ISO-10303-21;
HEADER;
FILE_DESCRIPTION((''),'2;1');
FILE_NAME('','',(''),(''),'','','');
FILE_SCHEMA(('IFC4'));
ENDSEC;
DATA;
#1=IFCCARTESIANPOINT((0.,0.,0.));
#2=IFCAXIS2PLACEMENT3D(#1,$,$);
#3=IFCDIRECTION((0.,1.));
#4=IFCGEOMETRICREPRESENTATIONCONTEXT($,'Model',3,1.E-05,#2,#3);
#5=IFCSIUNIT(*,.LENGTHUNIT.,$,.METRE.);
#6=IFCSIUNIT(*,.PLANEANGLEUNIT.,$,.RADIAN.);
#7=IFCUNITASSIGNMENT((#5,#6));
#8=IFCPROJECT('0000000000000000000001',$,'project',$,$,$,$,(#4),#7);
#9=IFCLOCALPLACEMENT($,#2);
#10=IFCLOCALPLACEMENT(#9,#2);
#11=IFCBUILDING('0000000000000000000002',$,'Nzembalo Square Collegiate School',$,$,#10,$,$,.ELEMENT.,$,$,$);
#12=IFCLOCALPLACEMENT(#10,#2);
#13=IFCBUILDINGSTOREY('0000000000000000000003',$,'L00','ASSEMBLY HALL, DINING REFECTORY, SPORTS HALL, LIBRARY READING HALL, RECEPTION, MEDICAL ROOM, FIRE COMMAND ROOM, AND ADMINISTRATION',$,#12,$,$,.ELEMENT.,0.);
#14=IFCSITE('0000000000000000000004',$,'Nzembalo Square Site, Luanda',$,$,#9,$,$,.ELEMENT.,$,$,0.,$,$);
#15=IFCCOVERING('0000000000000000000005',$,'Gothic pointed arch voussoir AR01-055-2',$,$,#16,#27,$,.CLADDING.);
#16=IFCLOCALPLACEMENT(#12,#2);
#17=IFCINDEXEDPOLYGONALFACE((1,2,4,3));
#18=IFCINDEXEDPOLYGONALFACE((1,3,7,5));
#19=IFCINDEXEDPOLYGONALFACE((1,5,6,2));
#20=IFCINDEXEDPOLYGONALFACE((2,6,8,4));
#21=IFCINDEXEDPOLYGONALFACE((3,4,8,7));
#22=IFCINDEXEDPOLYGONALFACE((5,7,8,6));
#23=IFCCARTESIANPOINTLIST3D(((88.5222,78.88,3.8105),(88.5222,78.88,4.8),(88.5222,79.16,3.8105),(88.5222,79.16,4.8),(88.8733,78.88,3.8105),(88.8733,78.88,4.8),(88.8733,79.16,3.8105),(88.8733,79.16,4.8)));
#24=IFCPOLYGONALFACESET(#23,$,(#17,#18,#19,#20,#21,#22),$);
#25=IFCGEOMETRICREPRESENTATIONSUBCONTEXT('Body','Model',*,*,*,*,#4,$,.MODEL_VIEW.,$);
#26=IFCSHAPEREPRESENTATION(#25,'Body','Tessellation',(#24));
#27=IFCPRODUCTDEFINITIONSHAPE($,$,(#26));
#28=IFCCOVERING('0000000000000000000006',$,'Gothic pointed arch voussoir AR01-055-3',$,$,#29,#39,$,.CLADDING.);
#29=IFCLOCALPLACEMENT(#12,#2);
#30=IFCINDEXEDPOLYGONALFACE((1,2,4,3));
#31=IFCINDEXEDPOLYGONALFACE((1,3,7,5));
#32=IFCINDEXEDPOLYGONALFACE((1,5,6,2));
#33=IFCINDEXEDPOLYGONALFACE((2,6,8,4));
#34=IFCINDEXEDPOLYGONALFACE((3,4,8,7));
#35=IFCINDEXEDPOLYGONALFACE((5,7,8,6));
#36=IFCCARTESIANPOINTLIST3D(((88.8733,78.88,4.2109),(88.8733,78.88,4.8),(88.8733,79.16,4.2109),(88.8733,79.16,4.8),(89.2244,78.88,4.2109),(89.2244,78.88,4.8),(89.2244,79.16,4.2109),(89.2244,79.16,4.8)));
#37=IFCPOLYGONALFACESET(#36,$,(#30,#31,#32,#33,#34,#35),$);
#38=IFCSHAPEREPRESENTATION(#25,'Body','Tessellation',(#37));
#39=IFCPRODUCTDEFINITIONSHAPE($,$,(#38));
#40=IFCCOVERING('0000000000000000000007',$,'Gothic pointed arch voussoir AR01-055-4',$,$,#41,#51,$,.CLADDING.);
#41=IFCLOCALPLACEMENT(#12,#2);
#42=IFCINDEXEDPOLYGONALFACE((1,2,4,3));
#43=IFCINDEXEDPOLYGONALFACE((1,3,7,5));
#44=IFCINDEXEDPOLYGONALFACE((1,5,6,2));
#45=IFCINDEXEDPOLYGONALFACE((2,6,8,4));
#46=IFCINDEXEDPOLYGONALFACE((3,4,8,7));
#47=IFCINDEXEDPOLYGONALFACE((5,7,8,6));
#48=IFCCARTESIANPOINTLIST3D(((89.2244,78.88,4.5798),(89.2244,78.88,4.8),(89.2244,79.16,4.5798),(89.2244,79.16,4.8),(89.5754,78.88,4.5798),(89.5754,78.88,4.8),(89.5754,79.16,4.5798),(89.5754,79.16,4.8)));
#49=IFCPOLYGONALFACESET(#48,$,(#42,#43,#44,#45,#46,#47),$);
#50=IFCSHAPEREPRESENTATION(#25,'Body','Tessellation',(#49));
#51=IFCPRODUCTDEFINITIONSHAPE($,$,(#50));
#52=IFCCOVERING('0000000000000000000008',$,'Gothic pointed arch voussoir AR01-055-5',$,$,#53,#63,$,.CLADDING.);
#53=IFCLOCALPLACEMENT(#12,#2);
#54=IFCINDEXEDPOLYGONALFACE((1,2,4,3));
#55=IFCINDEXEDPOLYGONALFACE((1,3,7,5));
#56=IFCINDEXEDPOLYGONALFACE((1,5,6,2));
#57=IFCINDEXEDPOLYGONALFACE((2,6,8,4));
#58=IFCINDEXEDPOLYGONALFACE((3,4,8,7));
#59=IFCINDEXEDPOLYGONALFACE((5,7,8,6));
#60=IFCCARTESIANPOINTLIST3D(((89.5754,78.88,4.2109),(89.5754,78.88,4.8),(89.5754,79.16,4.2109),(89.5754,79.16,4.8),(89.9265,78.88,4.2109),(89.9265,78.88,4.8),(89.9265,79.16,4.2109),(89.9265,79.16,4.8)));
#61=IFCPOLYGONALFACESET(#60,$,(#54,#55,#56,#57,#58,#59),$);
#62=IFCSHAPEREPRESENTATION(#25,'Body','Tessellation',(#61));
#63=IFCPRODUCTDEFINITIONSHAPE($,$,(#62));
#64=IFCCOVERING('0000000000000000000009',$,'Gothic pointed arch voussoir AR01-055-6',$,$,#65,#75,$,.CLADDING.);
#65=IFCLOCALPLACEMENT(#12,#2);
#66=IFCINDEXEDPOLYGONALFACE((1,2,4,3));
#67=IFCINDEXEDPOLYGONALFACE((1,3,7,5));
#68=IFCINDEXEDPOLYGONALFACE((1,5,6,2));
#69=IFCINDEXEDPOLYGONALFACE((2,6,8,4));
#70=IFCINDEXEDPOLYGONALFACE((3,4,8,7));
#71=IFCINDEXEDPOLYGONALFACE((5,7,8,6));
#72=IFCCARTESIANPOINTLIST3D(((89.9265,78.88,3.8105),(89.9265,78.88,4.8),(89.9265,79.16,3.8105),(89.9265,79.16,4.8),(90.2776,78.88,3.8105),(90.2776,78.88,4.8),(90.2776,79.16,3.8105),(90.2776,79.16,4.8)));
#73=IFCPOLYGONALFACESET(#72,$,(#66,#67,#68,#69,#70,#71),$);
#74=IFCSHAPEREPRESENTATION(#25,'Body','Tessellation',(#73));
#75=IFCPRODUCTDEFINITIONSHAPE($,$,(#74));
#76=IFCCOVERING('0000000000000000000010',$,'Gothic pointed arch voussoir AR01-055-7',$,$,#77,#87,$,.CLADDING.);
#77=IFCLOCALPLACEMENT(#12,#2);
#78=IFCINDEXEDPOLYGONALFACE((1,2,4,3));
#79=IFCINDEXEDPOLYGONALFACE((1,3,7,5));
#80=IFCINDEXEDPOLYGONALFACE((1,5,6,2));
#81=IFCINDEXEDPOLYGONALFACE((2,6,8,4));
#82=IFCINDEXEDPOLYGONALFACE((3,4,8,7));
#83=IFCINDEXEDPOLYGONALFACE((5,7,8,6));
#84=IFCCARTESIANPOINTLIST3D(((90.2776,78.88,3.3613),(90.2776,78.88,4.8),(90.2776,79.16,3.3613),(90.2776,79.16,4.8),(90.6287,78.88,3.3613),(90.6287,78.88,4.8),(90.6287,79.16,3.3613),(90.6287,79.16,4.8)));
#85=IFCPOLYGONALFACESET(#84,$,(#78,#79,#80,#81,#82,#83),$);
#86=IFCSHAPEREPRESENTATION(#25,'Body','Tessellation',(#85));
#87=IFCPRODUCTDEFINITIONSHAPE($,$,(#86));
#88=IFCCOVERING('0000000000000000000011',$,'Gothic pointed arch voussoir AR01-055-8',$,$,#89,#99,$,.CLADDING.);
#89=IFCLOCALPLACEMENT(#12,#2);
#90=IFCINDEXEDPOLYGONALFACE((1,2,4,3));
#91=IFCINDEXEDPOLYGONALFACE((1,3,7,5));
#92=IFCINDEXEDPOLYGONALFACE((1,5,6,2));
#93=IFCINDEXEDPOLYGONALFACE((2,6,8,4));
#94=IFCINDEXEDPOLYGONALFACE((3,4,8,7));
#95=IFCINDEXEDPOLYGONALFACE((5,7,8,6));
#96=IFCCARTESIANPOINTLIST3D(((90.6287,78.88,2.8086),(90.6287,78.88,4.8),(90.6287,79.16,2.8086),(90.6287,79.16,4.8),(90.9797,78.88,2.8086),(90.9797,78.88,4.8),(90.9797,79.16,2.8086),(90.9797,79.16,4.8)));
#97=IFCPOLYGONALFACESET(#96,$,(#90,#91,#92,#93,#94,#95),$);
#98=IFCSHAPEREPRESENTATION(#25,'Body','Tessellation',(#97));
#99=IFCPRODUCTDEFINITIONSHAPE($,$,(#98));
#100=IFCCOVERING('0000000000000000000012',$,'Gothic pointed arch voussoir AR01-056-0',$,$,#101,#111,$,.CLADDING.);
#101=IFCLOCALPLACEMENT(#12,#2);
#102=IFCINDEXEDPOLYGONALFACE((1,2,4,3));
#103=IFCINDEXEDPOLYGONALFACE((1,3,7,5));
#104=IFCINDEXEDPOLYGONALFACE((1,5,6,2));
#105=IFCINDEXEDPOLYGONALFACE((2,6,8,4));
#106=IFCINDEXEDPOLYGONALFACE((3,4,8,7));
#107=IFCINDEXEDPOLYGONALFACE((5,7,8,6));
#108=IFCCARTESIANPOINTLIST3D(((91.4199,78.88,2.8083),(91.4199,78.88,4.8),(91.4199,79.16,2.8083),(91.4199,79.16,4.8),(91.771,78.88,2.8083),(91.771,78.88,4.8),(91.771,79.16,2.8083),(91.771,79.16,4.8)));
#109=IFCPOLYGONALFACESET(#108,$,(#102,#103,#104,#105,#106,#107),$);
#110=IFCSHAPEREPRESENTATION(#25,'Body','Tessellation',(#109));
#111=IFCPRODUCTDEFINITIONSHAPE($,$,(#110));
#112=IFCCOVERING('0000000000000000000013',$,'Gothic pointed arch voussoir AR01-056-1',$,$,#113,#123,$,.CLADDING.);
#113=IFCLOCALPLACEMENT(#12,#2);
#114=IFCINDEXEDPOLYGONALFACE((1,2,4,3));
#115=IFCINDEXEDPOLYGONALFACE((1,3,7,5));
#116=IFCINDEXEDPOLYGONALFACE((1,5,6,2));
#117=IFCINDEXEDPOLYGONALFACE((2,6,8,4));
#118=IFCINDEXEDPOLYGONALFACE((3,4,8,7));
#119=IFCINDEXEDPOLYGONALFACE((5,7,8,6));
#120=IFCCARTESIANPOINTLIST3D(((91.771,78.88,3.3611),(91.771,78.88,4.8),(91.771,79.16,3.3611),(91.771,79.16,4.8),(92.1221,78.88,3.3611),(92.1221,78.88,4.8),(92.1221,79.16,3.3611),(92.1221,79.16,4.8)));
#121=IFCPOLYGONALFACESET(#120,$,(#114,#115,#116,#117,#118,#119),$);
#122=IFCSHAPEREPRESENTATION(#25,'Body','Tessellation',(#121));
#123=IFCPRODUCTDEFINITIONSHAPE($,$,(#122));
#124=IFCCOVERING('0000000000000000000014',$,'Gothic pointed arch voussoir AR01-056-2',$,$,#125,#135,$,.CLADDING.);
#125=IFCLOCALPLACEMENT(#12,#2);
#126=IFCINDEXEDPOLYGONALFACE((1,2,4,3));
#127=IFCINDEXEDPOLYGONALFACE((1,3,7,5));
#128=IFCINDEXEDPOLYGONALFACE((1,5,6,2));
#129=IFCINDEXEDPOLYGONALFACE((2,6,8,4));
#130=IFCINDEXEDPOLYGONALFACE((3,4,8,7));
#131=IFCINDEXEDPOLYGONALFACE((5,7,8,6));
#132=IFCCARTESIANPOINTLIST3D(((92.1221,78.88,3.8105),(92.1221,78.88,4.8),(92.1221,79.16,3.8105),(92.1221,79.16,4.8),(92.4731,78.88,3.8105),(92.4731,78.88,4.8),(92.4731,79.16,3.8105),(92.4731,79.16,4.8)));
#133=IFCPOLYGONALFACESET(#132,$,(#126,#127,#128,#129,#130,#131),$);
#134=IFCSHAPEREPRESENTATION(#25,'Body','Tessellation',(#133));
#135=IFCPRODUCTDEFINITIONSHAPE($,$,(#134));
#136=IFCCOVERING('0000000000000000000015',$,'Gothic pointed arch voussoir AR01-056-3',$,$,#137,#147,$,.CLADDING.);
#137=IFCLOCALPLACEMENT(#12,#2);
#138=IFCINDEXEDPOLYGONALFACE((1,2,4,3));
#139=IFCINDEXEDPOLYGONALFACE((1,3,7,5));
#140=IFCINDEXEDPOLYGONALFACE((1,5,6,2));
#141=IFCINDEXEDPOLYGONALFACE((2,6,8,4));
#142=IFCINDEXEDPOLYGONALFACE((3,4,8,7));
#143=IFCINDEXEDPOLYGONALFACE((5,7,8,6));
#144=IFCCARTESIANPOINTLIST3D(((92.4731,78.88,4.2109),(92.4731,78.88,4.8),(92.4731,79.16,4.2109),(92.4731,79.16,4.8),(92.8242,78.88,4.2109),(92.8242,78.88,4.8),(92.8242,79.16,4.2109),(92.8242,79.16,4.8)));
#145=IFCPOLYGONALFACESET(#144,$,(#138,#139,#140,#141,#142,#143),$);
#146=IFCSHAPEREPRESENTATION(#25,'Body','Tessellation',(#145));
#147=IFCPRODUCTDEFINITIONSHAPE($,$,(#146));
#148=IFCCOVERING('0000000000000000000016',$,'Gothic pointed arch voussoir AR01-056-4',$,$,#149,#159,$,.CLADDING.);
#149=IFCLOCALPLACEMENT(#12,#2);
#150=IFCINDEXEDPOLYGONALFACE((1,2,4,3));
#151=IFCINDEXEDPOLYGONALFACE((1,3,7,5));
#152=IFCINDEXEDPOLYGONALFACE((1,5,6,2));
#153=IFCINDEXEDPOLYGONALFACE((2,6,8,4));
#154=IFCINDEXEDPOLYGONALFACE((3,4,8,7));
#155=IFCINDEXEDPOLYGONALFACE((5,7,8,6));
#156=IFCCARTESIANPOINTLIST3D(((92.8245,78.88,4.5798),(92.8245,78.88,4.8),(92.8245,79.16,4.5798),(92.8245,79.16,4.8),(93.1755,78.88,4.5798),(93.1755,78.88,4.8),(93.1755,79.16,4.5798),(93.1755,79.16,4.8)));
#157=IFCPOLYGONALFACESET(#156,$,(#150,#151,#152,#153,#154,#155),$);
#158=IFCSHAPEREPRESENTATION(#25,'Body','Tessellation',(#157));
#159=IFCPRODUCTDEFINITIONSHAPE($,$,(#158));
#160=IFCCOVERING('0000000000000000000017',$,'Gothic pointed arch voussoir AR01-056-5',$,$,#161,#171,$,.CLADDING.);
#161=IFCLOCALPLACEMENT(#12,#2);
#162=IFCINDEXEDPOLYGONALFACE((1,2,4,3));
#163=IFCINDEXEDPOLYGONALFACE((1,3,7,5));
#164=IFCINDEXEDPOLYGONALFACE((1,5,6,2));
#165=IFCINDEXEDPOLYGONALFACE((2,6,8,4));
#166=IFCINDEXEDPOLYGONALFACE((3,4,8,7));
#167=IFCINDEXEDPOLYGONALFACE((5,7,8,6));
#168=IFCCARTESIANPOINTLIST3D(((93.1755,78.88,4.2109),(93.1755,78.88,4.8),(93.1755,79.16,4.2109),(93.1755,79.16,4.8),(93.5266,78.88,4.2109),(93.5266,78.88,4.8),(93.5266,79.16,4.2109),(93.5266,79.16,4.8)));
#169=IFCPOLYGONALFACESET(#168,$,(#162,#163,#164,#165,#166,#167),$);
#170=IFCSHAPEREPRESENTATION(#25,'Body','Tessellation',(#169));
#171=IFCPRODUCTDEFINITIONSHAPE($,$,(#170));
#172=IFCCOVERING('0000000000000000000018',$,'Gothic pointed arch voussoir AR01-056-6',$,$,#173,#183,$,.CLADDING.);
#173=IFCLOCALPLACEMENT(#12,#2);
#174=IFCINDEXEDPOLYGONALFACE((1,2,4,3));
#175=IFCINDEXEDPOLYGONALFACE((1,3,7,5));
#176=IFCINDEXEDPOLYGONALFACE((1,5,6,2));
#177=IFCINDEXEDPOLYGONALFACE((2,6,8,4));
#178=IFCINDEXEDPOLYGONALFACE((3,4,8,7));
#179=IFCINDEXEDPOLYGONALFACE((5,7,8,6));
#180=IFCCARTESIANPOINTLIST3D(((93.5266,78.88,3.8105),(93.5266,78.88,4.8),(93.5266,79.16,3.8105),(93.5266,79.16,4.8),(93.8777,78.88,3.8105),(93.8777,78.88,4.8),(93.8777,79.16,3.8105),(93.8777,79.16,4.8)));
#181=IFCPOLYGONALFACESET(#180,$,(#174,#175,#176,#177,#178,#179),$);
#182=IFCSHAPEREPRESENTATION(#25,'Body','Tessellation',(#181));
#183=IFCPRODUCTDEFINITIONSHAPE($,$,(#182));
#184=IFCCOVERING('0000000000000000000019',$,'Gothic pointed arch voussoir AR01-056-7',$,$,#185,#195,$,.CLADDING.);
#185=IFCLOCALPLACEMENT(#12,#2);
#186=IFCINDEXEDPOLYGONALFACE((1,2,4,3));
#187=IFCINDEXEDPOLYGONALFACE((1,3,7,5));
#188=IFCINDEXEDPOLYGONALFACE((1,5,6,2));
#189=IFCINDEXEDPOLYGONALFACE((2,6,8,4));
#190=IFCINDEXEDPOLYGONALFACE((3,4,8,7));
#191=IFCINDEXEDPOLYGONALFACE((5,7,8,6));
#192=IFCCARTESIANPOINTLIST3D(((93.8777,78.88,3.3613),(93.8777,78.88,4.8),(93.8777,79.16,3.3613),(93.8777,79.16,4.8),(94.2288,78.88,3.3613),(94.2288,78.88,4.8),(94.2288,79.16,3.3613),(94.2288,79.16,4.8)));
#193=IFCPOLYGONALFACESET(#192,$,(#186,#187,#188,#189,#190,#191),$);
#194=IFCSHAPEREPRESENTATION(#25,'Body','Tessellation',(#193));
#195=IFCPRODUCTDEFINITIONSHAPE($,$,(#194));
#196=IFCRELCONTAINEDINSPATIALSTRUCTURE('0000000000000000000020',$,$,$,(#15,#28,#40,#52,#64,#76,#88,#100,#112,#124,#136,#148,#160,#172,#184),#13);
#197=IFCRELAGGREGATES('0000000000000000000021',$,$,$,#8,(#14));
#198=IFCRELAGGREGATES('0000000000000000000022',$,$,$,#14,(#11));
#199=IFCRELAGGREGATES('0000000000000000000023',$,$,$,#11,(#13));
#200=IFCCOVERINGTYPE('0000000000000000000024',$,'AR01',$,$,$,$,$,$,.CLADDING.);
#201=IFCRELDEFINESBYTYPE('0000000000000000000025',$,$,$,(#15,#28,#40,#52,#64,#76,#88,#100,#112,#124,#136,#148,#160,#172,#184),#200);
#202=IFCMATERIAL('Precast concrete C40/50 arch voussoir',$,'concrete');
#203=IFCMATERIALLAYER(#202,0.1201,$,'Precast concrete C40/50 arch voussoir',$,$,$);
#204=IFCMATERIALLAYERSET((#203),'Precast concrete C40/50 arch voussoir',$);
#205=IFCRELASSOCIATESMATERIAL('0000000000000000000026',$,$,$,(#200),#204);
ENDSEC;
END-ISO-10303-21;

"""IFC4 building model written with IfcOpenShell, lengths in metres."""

from ifc_helpers import new_model, si_unit, direction, frame, origin, origin_2d, place, context, subcontext, project, spatial, rectangle, extrude, material, layer, layer_set, type_object, element, save


model = new_model("IFC4")

# Units and contexts
model_context = context("Model", 3, precision=1e-05, world=origin(), true_north=direction((0.0, 1.0)))
body_context = subcontext(model_context, "Body", "Model", "MODEL_VIEW")
ifc_project = project(units=[si_unit("LENGTHUNIT", "METRE"), si_unit("PLANEANGLEUNIT", "RADIAN")], contexts=[model_context])

# Site, building, storey
site_placement = place(None, origin())
site = spatial("IfcSite", under=ifc_project, at=site_placement, Name="Nzembalo Square Site, Luanda", CompositionType="ELEMENT", RefElevation=0.0)
building_placement = place(site_placement, origin())
building = spatial("IfcBuilding", under=site, at=building_placement, Name="Nzembalo Square Collegiate School", CompositionType="ELEMENT")
storey_placement = place(building_placement, origin())
storey = spatial("IfcBuildingStorey", under=building, at=storey_placement, Name="L00", Description="ASSEMBLY HALL, DINING REFECTORY, SPORTS HALL, LIBRARY READING HALL, RECEPTION, MEDICAL ROOM, FIRE COMMAND ROOM, AND ADMINISTRATION", CompositionType="ELEMENT", Elevation=0.0)

# Coverings
ifc_material = material(Name="Precast concrete C40/50 arch voussoir", Category="concrete")
ifc_layer = layer(ifc_material, 0.1201, Name="Precast concrete C40/50 arch voussoir")
ifc_layer_set = layer_set([ifc_layer], Name="Precast concrete C40/50 arch voussoir")
covering_type = type_object("IfcCoveringType", Name="AR01", PredefinedType="CLADDING", material=ifc_layer_set)
covering_1_placement = place(storey_placement, frame((88.6978, 79.02, 3.8105), z_axis=(0.0, 0.0, 1.0), x_axis=(1.0, 0.0, 0.0)))
element("IfcCovering", 1, at=covering_1_placement, inside=storey, type_object=covering_type, Name="Gothic pointed arch voussoir AR01-055-2", PredefinedType="CLADDING", context=body_context, shape_type="SweptSolid", body=[
    extrude(rectangle(XDim=0.3511, YDim=0.28, at=origin_2d()), origin(), (0.0, 0.0, 1.0), 0.9895),
])
covering_2_placement = place(storey_placement, frame((89.0488, 79.02, 4.2109), z_axis=(0.0, 0.0, 1.0), x_axis=(1.0, 0.0, 0.0)))
element("IfcCovering", 2, at=covering_2_placement, inside=storey, type_object=covering_type, Name="Gothic pointed arch voussoir AR01-055-3", PredefinedType="CLADDING", context=body_context, shape_type="SweptSolid", body=[
    extrude(rectangle(XDim=0.3511, YDim=0.28, at=origin_2d()), origin(), (0.0, 0.0, 1.0), 0.5891),
])
covering_3_placement = place(storey_placement, frame((89.3999, 79.02, 4.5798), z_axis=(0.0, 0.0, 1.0), x_axis=(1.0, 0.0, 0.0)))
element("IfcCovering", 3, at=covering_3_placement, inside=storey, type_object=covering_type, Name="Gothic pointed arch voussoir AR01-055-4", PredefinedType="CLADDING", context=body_context, shape_type="SweptSolid", body=[
    extrude(rectangle(XDim=0.3511, YDim=0.28, at=origin_2d()), origin(), (0.0, 0.0, 1.0), 0.2202),
])
covering_4_placement = place(storey_placement, frame((89.751, 79.02, 4.2109), z_axis=(0.0, 0.0, 1.0), x_axis=(1.0, 0.0, 0.0)))
element("IfcCovering", 4, at=covering_4_placement, inside=storey, type_object=covering_type, Name="Gothic pointed arch voussoir AR01-055-5", PredefinedType="CLADDING", context=body_context, shape_type="SweptSolid", body=[
    extrude(rectangle(XDim=0.3511, YDim=0.28, at=origin_2d()), origin(), (0.0, 0.0, 1.0), 0.5891),
])
covering_5_placement = place(storey_placement, frame((90.1021, 79.02, 3.8105), z_axis=(0.0, 0.0, 1.0), x_axis=(1.0, 0.0, 0.0)))
element("IfcCovering", 5, at=covering_5_placement, inside=storey, type_object=covering_type, Name="Gothic pointed arch voussoir AR01-055-6", PredefinedType="CLADDING", context=body_context, shape_type="SweptSolid", body=[
    extrude(rectangle(XDim=0.3511, YDim=0.28, at=origin_2d()), origin(), (0.0, 0.0, 1.0), 0.9895),
])
covering_6_placement = place(storey_placement, frame((90.4531, 79.02, 3.3613), z_axis=(0.0, 0.0, 1.0), x_axis=(1.0, 0.0, 0.0)))
element("IfcCovering", 6, at=covering_6_placement, inside=storey, type_object=covering_type, Name="Gothic pointed arch voussoir AR01-055-7", PredefinedType="CLADDING", context=body_context, shape_type="SweptSolid", body=[
    extrude(rectangle(XDim=0.3511, YDim=0.28, at=origin_2d()), origin(), (0.0, 0.0, 1.0), 1.4387),
])
covering_7_placement = place(storey_placement, frame((90.8042, 79.02, 2.8086), z_axis=(0.0, 0.0, 1.0), x_axis=(1.0, 0.0, 0.0)))
element("IfcCovering", 7, at=covering_7_placement, inside=storey, type_object=covering_type, Name="Gothic pointed arch voussoir AR01-055-8", PredefinedType="CLADDING", context=body_context, shape_type="SweptSolid", body=[
    extrude(rectangle(XDim=0.3511, YDim=0.28, at=origin_2d()), origin(), (0.0, 0.0, 1.0), 1.9915),
])
covering_8_placement = place(storey_placement, frame((91.5955, 79.02, 2.8083), z_axis=(0.0, 0.0, 1.0), x_axis=(1.0, 0.0, 0.0)))
element("IfcCovering", 8, at=covering_8_placement, inside=storey, type_object=covering_type, Name="Gothic pointed arch voussoir AR01-056-0", PredefinedType="CLADDING", context=body_context, shape_type="SweptSolid", body=[
    extrude(rectangle(XDim=0.3511, YDim=0.28, at=origin_2d()), origin(), (0.0, 0.0, 1.0), 1.9917),
])
covering_9_placement = place(storey_placement, frame((91.9465, 79.02, 3.3611), z_axis=(0.0, 0.0, 1.0), x_axis=(1.0, 0.0, 0.0)))
element("IfcCovering", 9, at=covering_9_placement, inside=storey, type_object=covering_type, Name="Gothic pointed arch voussoir AR01-056-1", PredefinedType="CLADDING", context=body_context, shape_type="SweptSolid", body=[
    extrude(rectangle(XDim=0.3511, YDim=0.28, at=origin_2d()), origin(), (0.0, 0.0, 1.0), 1.439),
])
covering_10_placement = place(storey_placement, frame((92.2976, 79.02, 3.8105), z_axis=(0.0, 0.0, 1.0), x_axis=(1.0, 0.0, 0.0)))
element("IfcCovering", 10, at=covering_10_placement, inside=storey, type_object=covering_type, Name="Gothic pointed arch voussoir AR01-056-2", PredefinedType="CLADDING", context=body_context, shape_type="SweptSolid", body=[
    extrude(rectangle(XDim=0.3511, YDim=0.28, at=origin_2d()), origin(), (0.0, 0.0, 1.0), 0.9895),
])
covering_11_placement = place(storey_placement, frame((92.6487, 79.02, 4.2109), z_axis=(0.0, 0.0, 1.0), x_axis=(1.0, 0.0, 0.0)))
element("IfcCovering", 11, at=covering_11_placement, inside=storey, type_object=covering_type, Name="Gothic pointed arch voussoir AR01-056-3", PredefinedType="CLADDING", context=body_context, shape_type="SweptSolid", body=[
    extrude(rectangle(XDim=0.3511, YDim=0.28, at=origin_2d()), origin(), (0.0, 0.0, 1.0), 0.5891),
])
covering_12_placement = place(storey_placement, frame((93.0, 79.02, 4.5798), z_axis=(0.0, 0.0, 1.0), x_axis=(1.0, 0.0, 0.0)))
element("IfcCovering", 12, at=covering_12_placement, inside=storey, type_object=covering_type, Name="Gothic pointed arch voussoir AR01-056-4", PredefinedType="CLADDING", context=body_context, shape_type="SweptSolid", body=[
    extrude(rectangle(XDim=0.3511, YDim=0.28, at=origin_2d()), origin(), (0.0, 0.0, 1.0), 0.2202),
])
covering_13_placement = place(storey_placement, frame((93.3511, 79.02, 4.2109), z_axis=(0.0, 0.0, 1.0), x_axis=(1.0, 0.0, 0.0)))
element("IfcCovering", 13, at=covering_13_placement, inside=storey, type_object=covering_type, Name="Gothic pointed arch voussoir AR01-056-5", PredefinedType="CLADDING", context=body_context, shape_type="SweptSolid", body=[
    extrude(rectangle(XDim=0.3511, YDim=0.28, at=origin_2d()), origin(), (0.0, 0.0, 1.0), 0.5891),
])
covering_14_placement = place(storey_placement, frame((93.7021, 79.02, 3.8105), z_axis=(0.0, 0.0, 1.0), x_axis=(1.0, 0.0, 0.0)))
element("IfcCovering", 14, at=covering_14_placement, inside=storey, type_object=covering_type, Name="Gothic pointed arch voussoir AR01-056-6", PredefinedType="CLADDING", context=body_context, shape_type="SweptSolid", body=[
    extrude(rectangle(XDim=0.3511, YDim=0.28, at=origin_2d()), origin(), (0.0, 0.0, 1.0), 0.9895),
])
covering_15_placement = place(storey_placement, frame((94.0532, 79.02, 3.3613), z_axis=(0.0, 0.0, 1.0), x_axis=(1.0, 0.0, 0.0)))
element("IfcCovering", 15, at=covering_15_placement, inside=storey, type_object=covering_type, Name="Gothic pointed arch voussoir AR01-056-7", PredefinedType="CLADDING", context=body_context, shape_type="SweptSolid", body=[
    extrude(rectangle(XDim=0.3511, YDim=0.28, at=origin_2d()), origin(), (0.0, 0.0, 1.0), 1.4387),
])

save(model, "model.ifc")
